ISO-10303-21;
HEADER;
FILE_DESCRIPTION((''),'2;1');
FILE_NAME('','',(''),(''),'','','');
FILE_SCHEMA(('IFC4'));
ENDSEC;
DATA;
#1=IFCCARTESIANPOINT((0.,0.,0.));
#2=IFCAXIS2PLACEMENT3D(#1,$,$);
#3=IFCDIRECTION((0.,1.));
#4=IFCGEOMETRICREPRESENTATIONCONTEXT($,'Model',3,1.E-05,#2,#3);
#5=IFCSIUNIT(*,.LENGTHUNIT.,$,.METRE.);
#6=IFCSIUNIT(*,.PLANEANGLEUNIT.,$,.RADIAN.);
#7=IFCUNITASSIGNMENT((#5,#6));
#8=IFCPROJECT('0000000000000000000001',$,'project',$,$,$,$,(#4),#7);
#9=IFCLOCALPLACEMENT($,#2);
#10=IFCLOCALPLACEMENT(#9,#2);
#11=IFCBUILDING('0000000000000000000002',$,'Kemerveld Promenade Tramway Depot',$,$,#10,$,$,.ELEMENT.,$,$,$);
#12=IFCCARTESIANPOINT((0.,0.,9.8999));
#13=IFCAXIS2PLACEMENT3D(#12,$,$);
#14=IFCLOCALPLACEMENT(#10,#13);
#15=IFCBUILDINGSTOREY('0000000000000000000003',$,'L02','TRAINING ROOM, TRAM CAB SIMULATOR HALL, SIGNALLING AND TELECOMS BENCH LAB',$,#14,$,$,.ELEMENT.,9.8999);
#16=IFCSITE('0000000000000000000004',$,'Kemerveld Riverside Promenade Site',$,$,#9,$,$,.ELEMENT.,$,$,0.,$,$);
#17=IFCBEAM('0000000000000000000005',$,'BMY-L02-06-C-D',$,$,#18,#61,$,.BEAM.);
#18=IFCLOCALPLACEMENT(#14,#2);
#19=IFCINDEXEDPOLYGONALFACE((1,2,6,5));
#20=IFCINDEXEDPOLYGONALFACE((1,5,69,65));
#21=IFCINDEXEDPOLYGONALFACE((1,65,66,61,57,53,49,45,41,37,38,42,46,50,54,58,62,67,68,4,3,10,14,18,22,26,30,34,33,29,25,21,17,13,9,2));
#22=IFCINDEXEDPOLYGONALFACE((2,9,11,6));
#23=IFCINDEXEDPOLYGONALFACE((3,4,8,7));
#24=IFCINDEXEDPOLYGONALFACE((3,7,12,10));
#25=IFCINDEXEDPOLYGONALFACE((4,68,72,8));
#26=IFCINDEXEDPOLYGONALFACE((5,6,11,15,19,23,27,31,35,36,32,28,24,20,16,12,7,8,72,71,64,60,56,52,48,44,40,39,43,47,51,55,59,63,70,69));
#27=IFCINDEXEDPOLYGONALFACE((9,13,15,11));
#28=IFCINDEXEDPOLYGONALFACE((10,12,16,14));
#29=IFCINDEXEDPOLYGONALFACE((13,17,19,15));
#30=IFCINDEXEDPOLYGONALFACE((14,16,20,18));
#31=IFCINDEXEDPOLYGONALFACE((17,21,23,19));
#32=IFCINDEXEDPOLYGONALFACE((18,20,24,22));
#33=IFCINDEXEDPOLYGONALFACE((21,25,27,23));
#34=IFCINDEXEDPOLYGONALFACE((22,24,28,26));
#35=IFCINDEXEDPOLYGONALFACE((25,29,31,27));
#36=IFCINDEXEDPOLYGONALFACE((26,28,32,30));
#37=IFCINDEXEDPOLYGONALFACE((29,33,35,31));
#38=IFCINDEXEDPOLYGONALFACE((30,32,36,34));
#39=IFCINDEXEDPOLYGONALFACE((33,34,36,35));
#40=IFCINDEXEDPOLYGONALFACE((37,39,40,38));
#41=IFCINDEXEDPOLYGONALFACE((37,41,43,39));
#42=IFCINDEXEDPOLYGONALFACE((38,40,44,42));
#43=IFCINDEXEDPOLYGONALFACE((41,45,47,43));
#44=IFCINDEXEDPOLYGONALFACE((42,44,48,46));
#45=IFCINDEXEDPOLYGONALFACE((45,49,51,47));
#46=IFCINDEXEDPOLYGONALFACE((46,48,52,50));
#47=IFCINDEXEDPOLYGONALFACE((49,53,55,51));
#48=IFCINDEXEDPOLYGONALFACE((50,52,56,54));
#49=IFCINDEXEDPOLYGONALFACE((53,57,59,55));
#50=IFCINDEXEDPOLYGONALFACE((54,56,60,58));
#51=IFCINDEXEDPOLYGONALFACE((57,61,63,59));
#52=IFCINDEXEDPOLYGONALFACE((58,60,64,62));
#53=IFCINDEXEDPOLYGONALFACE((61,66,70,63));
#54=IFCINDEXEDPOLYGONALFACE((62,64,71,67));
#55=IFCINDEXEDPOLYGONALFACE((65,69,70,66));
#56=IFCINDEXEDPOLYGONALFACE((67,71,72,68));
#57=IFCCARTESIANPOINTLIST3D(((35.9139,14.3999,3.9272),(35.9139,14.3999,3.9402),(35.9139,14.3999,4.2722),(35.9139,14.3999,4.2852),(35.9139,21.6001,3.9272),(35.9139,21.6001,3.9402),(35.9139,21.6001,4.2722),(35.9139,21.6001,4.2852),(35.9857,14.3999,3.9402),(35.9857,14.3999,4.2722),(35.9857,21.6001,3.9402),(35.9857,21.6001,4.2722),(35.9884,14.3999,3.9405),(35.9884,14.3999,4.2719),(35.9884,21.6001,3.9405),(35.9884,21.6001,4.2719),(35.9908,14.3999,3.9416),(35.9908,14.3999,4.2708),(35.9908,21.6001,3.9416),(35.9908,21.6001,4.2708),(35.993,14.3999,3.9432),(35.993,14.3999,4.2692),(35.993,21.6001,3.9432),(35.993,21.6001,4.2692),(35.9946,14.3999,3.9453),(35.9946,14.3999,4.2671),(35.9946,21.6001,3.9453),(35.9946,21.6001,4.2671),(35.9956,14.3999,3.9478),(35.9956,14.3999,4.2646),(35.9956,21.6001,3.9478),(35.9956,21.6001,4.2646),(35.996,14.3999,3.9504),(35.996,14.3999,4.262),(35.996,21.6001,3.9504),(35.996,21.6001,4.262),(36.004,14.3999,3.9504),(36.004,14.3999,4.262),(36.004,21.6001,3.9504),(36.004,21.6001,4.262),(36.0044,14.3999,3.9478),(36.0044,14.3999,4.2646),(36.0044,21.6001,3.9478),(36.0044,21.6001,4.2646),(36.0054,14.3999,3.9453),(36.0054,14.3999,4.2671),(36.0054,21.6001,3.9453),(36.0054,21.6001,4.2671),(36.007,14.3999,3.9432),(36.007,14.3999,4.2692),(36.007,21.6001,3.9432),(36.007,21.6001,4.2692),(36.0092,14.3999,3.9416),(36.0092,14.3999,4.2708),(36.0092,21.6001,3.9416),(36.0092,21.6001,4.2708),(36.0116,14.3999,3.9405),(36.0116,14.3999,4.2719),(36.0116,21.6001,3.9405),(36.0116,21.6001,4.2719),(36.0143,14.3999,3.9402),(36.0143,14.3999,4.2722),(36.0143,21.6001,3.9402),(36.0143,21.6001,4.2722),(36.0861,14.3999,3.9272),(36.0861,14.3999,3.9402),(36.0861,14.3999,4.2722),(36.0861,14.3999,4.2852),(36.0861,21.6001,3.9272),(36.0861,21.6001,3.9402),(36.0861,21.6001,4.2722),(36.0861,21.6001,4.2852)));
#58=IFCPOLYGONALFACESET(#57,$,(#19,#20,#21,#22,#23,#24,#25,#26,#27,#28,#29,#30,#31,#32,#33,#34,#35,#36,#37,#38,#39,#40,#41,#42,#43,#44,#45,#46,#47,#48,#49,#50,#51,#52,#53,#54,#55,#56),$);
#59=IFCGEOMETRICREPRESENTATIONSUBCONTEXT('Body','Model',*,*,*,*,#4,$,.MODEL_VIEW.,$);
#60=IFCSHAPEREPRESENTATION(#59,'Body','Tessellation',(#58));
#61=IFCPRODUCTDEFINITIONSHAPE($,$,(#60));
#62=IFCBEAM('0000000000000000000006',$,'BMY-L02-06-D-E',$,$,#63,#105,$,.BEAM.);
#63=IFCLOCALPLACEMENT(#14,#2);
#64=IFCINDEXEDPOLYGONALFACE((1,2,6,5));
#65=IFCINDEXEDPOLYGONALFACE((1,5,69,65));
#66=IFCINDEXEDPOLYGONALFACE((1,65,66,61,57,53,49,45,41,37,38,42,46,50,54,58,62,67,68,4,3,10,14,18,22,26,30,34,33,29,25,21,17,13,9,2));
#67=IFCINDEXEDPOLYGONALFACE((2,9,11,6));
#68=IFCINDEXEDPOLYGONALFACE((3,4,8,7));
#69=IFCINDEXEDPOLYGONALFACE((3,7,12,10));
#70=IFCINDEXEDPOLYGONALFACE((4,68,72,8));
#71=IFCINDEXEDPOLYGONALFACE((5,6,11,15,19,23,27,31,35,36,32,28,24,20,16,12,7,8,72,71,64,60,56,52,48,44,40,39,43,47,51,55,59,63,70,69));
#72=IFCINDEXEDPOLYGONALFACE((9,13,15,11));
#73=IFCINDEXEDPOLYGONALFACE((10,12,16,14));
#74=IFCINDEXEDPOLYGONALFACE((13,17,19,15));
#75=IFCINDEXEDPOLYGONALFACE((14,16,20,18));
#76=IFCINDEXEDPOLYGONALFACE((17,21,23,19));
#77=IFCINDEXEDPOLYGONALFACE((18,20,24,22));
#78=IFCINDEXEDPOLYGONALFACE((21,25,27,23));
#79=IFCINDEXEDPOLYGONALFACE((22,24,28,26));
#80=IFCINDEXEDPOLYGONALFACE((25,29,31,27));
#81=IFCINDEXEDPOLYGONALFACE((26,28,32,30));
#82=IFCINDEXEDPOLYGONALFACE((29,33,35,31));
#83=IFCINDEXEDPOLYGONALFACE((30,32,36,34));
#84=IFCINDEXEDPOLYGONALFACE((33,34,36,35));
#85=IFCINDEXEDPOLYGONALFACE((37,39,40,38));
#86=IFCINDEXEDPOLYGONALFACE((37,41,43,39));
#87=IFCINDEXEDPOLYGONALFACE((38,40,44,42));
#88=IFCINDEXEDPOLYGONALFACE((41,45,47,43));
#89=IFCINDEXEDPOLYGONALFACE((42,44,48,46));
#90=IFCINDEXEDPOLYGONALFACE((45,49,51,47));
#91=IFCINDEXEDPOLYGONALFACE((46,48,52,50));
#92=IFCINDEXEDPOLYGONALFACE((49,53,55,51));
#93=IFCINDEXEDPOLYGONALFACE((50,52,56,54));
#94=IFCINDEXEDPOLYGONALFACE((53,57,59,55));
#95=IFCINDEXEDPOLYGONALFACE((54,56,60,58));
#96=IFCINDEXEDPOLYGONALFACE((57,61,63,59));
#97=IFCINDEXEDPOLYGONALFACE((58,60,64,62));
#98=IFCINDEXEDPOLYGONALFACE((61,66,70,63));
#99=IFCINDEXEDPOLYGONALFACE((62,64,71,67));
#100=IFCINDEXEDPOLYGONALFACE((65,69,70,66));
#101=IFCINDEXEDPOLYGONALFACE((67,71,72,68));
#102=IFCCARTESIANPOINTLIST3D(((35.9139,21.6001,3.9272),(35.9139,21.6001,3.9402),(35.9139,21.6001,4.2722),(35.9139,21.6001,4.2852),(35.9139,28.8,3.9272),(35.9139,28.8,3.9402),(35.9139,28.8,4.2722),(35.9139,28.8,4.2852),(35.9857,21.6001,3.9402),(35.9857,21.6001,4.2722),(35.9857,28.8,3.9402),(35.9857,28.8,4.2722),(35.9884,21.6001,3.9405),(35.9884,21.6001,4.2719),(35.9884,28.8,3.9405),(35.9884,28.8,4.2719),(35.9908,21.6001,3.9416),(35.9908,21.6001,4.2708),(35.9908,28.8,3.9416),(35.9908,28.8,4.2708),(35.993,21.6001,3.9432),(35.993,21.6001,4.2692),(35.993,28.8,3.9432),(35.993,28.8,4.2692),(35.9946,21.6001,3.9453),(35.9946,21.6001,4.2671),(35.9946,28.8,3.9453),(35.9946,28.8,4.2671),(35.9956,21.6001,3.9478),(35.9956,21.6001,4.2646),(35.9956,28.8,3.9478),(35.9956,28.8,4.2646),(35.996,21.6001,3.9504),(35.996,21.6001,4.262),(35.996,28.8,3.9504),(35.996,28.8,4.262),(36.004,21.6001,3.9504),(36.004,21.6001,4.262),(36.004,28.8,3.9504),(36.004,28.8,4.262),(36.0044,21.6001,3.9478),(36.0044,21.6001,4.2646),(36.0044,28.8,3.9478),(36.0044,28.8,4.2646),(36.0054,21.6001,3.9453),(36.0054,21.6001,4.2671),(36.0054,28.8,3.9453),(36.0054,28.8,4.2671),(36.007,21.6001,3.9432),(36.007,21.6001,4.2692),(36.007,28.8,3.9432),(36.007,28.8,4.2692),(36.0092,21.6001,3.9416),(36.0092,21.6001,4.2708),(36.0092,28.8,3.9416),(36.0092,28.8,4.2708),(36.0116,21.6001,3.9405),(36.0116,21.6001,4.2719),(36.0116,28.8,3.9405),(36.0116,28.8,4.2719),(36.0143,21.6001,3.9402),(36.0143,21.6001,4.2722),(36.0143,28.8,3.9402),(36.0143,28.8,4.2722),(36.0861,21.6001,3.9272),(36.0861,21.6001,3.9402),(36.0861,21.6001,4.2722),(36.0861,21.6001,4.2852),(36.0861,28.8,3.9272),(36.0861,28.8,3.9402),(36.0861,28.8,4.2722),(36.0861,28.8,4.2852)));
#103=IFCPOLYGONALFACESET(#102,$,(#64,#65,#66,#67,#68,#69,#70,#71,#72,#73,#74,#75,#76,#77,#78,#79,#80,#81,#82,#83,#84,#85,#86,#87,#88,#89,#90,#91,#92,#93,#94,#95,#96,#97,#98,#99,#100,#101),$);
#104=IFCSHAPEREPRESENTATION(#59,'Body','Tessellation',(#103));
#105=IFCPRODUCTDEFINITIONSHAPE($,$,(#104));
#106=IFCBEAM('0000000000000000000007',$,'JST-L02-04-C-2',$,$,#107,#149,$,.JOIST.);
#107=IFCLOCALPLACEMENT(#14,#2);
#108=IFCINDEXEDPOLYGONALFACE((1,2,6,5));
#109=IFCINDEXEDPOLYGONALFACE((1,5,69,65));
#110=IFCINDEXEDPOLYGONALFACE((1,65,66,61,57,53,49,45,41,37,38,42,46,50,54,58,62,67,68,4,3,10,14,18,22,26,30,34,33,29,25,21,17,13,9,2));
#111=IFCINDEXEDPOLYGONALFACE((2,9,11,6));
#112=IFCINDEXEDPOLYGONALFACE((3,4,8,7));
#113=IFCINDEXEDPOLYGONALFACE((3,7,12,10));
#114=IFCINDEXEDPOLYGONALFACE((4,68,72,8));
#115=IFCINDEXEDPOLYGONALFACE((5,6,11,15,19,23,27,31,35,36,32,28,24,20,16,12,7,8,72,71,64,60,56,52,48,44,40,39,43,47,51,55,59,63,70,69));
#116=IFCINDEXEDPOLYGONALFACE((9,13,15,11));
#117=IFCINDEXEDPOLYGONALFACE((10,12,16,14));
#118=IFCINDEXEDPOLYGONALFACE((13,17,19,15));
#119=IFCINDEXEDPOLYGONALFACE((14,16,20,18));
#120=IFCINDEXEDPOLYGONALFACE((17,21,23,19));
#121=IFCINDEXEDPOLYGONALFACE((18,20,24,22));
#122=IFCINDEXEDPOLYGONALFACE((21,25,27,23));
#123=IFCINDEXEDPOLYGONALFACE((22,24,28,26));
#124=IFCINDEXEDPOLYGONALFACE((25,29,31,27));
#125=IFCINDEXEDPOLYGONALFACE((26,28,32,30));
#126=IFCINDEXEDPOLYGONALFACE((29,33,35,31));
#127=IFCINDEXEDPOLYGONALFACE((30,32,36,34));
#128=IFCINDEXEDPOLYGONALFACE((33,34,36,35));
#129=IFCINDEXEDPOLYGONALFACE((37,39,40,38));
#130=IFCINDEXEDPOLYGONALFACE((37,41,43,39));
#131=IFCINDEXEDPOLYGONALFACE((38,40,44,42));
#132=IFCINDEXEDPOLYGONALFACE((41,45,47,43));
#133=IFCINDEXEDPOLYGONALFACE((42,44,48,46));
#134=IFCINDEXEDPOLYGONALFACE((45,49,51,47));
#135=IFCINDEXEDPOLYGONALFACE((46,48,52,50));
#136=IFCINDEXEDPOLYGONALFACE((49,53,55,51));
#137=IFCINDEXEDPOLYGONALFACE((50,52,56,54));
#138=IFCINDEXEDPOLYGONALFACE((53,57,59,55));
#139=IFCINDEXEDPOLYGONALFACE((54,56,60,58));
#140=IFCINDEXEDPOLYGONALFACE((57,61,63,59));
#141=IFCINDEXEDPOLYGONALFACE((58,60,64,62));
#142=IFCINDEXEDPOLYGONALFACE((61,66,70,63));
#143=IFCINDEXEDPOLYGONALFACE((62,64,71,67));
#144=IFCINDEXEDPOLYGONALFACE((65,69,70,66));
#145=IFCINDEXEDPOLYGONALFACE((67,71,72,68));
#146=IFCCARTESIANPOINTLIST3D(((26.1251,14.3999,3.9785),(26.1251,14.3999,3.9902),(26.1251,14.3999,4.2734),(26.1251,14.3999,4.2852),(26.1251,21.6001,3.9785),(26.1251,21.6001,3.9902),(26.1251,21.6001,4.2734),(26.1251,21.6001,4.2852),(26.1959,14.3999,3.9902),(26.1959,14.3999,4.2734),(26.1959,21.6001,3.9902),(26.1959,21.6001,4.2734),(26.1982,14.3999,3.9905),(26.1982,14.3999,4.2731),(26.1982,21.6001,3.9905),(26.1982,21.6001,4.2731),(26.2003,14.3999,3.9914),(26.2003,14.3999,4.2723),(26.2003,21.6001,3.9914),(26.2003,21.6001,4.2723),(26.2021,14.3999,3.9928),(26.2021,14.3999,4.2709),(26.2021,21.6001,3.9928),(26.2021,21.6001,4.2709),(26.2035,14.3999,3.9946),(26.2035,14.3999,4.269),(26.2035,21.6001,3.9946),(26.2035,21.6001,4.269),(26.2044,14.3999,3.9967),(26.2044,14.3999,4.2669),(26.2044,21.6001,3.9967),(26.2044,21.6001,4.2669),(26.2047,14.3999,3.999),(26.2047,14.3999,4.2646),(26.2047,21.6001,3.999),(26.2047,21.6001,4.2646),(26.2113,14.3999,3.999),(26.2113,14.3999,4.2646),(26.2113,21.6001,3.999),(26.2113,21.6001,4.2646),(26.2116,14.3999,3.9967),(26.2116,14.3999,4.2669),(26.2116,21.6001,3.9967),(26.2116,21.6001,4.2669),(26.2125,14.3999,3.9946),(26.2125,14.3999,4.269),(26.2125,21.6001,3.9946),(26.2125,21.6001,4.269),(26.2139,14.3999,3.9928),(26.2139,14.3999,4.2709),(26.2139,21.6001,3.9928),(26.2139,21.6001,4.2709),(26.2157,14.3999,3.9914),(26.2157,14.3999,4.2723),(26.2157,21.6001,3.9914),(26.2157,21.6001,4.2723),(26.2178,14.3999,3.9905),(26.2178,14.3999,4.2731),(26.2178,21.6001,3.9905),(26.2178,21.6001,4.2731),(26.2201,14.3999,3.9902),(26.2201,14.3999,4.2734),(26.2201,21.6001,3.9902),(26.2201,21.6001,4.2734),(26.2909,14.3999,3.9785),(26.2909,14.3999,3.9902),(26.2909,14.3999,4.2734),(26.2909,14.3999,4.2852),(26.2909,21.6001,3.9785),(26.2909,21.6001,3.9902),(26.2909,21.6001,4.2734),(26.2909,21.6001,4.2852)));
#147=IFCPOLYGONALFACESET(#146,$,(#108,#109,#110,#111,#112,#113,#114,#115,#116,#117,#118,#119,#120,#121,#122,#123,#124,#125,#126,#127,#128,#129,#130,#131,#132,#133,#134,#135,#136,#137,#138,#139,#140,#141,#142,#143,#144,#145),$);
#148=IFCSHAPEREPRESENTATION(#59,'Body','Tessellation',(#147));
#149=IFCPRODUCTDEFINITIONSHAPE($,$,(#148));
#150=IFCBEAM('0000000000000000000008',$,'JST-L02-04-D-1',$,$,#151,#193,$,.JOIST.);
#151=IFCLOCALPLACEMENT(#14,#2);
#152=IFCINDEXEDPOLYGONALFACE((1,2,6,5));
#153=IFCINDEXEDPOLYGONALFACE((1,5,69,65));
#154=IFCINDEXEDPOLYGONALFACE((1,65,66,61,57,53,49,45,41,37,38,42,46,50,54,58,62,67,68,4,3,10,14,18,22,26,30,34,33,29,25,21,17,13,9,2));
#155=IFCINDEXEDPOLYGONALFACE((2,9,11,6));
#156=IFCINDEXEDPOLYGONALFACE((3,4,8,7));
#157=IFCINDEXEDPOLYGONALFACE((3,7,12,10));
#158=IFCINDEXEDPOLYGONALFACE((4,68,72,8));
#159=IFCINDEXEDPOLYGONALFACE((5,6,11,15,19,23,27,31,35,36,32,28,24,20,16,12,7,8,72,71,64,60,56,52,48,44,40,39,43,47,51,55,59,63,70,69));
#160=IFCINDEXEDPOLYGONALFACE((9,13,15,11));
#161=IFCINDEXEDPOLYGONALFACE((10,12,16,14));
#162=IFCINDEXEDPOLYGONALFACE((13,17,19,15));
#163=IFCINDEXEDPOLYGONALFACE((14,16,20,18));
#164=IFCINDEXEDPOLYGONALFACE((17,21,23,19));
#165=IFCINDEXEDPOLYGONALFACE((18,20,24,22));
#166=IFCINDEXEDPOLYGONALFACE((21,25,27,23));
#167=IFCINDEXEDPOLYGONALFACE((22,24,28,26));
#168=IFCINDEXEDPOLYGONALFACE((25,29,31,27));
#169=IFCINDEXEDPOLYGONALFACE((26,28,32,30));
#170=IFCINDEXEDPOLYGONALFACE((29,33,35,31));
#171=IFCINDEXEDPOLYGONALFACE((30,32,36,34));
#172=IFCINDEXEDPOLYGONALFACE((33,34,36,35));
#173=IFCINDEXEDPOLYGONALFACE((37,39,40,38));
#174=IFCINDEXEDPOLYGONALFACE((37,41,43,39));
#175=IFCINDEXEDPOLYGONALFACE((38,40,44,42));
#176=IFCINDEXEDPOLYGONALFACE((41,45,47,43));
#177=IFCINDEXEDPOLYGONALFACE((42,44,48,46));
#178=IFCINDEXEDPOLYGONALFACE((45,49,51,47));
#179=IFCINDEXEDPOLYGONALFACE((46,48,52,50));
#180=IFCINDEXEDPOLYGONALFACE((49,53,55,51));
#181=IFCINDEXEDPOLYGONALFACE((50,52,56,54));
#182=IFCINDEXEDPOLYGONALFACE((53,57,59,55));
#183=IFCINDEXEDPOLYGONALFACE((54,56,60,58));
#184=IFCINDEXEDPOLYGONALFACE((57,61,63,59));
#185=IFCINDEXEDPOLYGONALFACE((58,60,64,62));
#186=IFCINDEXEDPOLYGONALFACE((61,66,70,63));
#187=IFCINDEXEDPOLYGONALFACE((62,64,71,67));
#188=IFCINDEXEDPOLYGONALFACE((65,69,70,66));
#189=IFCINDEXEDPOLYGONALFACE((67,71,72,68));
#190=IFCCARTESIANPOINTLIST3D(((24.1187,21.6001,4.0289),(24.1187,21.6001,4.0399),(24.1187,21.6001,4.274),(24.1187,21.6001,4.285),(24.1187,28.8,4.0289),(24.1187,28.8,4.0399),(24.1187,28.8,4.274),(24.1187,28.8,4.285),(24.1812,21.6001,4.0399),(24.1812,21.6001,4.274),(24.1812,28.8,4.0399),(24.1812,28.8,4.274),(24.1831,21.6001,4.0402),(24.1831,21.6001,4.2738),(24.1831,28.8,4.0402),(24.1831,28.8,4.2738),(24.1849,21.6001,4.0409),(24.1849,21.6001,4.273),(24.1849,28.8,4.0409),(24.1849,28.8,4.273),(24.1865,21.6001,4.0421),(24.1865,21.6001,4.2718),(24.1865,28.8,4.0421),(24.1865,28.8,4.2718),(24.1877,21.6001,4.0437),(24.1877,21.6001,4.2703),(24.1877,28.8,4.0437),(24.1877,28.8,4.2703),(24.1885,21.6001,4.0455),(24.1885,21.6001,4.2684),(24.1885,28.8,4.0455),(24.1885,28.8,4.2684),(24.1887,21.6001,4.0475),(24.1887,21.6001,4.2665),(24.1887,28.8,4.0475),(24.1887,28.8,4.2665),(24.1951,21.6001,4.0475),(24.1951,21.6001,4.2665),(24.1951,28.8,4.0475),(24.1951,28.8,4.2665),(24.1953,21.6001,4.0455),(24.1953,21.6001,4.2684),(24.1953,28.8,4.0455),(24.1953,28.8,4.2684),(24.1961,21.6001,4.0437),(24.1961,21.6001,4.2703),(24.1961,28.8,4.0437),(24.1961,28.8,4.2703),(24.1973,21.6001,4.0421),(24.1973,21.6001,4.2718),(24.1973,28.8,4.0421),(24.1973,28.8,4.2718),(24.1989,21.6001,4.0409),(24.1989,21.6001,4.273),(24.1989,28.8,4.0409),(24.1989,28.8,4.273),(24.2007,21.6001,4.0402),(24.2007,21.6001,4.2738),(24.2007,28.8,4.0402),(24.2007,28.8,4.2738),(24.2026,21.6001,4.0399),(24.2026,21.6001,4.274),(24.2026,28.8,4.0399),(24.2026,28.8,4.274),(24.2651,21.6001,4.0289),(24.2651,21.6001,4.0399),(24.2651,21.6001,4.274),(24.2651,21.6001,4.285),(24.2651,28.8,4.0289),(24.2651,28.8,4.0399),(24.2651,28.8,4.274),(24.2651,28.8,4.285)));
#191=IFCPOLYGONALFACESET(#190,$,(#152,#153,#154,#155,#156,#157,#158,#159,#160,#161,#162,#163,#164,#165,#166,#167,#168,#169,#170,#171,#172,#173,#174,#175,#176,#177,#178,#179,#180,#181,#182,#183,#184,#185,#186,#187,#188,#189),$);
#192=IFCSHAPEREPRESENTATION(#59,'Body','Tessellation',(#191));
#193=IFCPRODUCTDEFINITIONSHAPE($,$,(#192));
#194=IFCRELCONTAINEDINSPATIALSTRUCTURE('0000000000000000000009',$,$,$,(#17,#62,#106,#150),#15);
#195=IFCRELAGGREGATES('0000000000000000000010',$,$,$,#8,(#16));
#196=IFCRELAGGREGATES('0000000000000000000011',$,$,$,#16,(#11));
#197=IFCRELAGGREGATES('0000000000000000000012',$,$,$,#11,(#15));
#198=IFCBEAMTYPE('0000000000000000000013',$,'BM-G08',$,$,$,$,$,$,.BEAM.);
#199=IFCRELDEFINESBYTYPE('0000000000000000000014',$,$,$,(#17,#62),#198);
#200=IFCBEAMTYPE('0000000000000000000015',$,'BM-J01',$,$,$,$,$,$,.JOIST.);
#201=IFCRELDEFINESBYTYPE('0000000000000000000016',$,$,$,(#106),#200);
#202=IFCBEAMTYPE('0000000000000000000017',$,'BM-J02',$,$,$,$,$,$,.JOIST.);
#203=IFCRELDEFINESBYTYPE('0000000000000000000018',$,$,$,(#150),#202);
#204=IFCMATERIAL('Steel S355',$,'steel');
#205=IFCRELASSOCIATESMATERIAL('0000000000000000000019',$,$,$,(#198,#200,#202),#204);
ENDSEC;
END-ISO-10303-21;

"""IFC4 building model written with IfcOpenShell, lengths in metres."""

from ifc_helpers import new_model, si_unit, direction, frame, origin, origin_2d, place, context, subcontext, project, spatial, i_section, extrude, material, material_profile, profile_set, type_object, element, save


model = new_model("IFC4")

# Units and contexts
model_context = context("Model", 3, precision=1e-05, world=origin(), true_north=direction((0.0, 1.0)))
body_context = subcontext(model_context, "Body", "Model", "MODEL_VIEW")
ifc_project = project(units=[si_unit("LENGTHUNIT", "METRE"), si_unit("PLANEANGLEUNIT", "RADIAN")], contexts=[model_context])

# Site, building, storey
site_placement = place(None, origin())
site = spatial("IfcSite", under=ifc_project, at=site_placement, Name="Kemerveld Riverside Promenade Site", CompositionType="ELEMENT", RefElevation=0.0)
building_placement = place(site_placement, origin())
building = spatial("IfcBuilding", under=site, at=building_placement, Name="Kemerveld Promenade Tramway Depot", CompositionType="ELEMENT")
storey_placement = place(building_placement, frame((0.0, 0.0, 9.8999)))
storey = spatial("IfcBuildingStorey", under=building, at=storey_placement, Name="L02", Description="TRAINING ROOM, TRAM CAB SIMULATOR HALL, SIGNALLING AND TELECOMS BENCH LAB", CompositionType="ELEMENT", Elevation=9.8999)

# Shared definitions
ifc_material_1 = material(Name="Steel S355", Category="steel")

# Beams
ifc_material_profile_1 = material_profile(ifc_material_1, i_section(OverallWidth=0.1721, OverallDepth=0.3579, WebThickness=0.0081, FlangeThickness=0.0129, FilletRadius=0.0103, at=origin_2d()), Name="356x171x57 UB")
ifc_profile_set_1 = profile_set([ifc_material_profile_1], Name="Steel S355")
beam_type_1 = type_object("IfcBeamType", Name="BM-G08", PredefinedType="BEAM", material=ifc_profile_set_1)
beam_1_placement = place(storey_placement, frame((36.0, 14.3999, 4.1062), z_axis=(0.0, 1.0, 0.0), x_axis=(-1.0, 0.0, 0.0)))
element("IfcBeam", 1, at=beam_1_placement, inside=storey, type_object=beam_type_1, Name="BMY-L02-06-C-D", PredefinedType="BEAM", context=body_context, shape_type="SweptSolid", body=[
    extrude(i_section(OverallWidth=0.1721, OverallDepth=0.3579, WebThickness=0.0081, FlangeThickness=0.0129, FilletRadius=0.0103, at=origin_2d()), origin(), (0.0, 0.0, 1.0), 7.2002),
])
beam_2_placement = place(storey_placement, frame((36.0, 21.6001, 4.1062), z_axis=(0.0, 1.0, 0.0), x_axis=(-1.0, 0.0, 0.0)))
element("IfcBeam", 2, at=beam_2_placement, inside=storey, type_object=beam_type_1, Name="BMY-L02-06-D-E", PredefinedType="BEAM", context=body_context, shape_type="SweptSolid", body=[
    extrude(i_section(OverallWidth=0.1721, OverallDepth=0.3579, WebThickness=0.0081, FlangeThickness=0.0129, FilletRadius=0.0103, at=origin_2d()), origin(), (0.0, 0.0, 1.0), 7.2),
])
ifc_material_profile_2 = material_profile(ifc_material_1, i_section(OverallWidth=0.1658, OverallDepth=0.3066, WebThickness=0.0066, FlangeThickness=0.0117, FilletRadius=0.0088, at=origin_2d()), Name="305x165x46 UB")
ifc_profile_set_2 = profile_set([ifc_material_profile_2], Name="Steel S355")
beam_type_2 = type_object("IfcBeamType", Name="BM-J01", PredefinedType="JOIST", material=ifc_profile_set_2)
beam_3_placement = place(storey_placement, frame((26.208, 14.3999, 4.1318), z_axis=(0.0, 1.0, 0.0), x_axis=(-1.0, 0.0, 0.0)))
element("IfcBeam", 3, at=beam_3_placement, inside=storey, type_object=beam_type_2, Name="JST-L02-04-C-2", PredefinedType="JOIST", context=body_context, shape_type="SweptSolid", body=[
    extrude(i_section(OverallWidth=0.1658, OverallDepth=0.3066, WebThickness=0.0066, FlangeThickness=0.0117, FilletRadius=0.0088, at=origin_2d()), origin(), (0.0, 0.0, 1.0), 7.2002),
])
ifc_material_profile_3 = material_profile(ifc_material_1, i_section(OverallWidth=0.1465, OverallDepth=0.2561, WebThickness=0.0063, FlangeThickness=0.011, FilletRadius=0.0076, at=origin_2d()), Name="254x146x37 UB")
ifc_profile_set_3 = profile_set([ifc_material_profile_3], Name="Steel S355")
beam_type_3 = type_object("IfcBeamType", Name="BM-J02", PredefinedType="JOIST", material=ifc_profile_set_3)
for number, where, z_axis, x_axis, name in (
    (4, (24.1919, 21.6001, 4.157), (0.0, 1.0, 0.0), (-1.0, 0.0, 0.0), "JST-L02-04-D-1"),
):
    element("IfcBeam", number, at=place(storey_placement, frame(where, z_axis=z_axis, x_axis=x_axis)), inside=storey, type_object=beam_type_3, Name=name, PredefinedType="JOIST", context=body_context, shape_type="SweptSolid", body=[
        extrude(i_section(OverallWidth=0.1465, OverallDepth=0.2561, WebThickness=0.0063, FlangeThickness=0.011, FilletRadius=0.0076, at=origin_2d()), origin(), (0.0, 0.0, 1.0), 7.2),
    ])

save(model, "model.ifc")
